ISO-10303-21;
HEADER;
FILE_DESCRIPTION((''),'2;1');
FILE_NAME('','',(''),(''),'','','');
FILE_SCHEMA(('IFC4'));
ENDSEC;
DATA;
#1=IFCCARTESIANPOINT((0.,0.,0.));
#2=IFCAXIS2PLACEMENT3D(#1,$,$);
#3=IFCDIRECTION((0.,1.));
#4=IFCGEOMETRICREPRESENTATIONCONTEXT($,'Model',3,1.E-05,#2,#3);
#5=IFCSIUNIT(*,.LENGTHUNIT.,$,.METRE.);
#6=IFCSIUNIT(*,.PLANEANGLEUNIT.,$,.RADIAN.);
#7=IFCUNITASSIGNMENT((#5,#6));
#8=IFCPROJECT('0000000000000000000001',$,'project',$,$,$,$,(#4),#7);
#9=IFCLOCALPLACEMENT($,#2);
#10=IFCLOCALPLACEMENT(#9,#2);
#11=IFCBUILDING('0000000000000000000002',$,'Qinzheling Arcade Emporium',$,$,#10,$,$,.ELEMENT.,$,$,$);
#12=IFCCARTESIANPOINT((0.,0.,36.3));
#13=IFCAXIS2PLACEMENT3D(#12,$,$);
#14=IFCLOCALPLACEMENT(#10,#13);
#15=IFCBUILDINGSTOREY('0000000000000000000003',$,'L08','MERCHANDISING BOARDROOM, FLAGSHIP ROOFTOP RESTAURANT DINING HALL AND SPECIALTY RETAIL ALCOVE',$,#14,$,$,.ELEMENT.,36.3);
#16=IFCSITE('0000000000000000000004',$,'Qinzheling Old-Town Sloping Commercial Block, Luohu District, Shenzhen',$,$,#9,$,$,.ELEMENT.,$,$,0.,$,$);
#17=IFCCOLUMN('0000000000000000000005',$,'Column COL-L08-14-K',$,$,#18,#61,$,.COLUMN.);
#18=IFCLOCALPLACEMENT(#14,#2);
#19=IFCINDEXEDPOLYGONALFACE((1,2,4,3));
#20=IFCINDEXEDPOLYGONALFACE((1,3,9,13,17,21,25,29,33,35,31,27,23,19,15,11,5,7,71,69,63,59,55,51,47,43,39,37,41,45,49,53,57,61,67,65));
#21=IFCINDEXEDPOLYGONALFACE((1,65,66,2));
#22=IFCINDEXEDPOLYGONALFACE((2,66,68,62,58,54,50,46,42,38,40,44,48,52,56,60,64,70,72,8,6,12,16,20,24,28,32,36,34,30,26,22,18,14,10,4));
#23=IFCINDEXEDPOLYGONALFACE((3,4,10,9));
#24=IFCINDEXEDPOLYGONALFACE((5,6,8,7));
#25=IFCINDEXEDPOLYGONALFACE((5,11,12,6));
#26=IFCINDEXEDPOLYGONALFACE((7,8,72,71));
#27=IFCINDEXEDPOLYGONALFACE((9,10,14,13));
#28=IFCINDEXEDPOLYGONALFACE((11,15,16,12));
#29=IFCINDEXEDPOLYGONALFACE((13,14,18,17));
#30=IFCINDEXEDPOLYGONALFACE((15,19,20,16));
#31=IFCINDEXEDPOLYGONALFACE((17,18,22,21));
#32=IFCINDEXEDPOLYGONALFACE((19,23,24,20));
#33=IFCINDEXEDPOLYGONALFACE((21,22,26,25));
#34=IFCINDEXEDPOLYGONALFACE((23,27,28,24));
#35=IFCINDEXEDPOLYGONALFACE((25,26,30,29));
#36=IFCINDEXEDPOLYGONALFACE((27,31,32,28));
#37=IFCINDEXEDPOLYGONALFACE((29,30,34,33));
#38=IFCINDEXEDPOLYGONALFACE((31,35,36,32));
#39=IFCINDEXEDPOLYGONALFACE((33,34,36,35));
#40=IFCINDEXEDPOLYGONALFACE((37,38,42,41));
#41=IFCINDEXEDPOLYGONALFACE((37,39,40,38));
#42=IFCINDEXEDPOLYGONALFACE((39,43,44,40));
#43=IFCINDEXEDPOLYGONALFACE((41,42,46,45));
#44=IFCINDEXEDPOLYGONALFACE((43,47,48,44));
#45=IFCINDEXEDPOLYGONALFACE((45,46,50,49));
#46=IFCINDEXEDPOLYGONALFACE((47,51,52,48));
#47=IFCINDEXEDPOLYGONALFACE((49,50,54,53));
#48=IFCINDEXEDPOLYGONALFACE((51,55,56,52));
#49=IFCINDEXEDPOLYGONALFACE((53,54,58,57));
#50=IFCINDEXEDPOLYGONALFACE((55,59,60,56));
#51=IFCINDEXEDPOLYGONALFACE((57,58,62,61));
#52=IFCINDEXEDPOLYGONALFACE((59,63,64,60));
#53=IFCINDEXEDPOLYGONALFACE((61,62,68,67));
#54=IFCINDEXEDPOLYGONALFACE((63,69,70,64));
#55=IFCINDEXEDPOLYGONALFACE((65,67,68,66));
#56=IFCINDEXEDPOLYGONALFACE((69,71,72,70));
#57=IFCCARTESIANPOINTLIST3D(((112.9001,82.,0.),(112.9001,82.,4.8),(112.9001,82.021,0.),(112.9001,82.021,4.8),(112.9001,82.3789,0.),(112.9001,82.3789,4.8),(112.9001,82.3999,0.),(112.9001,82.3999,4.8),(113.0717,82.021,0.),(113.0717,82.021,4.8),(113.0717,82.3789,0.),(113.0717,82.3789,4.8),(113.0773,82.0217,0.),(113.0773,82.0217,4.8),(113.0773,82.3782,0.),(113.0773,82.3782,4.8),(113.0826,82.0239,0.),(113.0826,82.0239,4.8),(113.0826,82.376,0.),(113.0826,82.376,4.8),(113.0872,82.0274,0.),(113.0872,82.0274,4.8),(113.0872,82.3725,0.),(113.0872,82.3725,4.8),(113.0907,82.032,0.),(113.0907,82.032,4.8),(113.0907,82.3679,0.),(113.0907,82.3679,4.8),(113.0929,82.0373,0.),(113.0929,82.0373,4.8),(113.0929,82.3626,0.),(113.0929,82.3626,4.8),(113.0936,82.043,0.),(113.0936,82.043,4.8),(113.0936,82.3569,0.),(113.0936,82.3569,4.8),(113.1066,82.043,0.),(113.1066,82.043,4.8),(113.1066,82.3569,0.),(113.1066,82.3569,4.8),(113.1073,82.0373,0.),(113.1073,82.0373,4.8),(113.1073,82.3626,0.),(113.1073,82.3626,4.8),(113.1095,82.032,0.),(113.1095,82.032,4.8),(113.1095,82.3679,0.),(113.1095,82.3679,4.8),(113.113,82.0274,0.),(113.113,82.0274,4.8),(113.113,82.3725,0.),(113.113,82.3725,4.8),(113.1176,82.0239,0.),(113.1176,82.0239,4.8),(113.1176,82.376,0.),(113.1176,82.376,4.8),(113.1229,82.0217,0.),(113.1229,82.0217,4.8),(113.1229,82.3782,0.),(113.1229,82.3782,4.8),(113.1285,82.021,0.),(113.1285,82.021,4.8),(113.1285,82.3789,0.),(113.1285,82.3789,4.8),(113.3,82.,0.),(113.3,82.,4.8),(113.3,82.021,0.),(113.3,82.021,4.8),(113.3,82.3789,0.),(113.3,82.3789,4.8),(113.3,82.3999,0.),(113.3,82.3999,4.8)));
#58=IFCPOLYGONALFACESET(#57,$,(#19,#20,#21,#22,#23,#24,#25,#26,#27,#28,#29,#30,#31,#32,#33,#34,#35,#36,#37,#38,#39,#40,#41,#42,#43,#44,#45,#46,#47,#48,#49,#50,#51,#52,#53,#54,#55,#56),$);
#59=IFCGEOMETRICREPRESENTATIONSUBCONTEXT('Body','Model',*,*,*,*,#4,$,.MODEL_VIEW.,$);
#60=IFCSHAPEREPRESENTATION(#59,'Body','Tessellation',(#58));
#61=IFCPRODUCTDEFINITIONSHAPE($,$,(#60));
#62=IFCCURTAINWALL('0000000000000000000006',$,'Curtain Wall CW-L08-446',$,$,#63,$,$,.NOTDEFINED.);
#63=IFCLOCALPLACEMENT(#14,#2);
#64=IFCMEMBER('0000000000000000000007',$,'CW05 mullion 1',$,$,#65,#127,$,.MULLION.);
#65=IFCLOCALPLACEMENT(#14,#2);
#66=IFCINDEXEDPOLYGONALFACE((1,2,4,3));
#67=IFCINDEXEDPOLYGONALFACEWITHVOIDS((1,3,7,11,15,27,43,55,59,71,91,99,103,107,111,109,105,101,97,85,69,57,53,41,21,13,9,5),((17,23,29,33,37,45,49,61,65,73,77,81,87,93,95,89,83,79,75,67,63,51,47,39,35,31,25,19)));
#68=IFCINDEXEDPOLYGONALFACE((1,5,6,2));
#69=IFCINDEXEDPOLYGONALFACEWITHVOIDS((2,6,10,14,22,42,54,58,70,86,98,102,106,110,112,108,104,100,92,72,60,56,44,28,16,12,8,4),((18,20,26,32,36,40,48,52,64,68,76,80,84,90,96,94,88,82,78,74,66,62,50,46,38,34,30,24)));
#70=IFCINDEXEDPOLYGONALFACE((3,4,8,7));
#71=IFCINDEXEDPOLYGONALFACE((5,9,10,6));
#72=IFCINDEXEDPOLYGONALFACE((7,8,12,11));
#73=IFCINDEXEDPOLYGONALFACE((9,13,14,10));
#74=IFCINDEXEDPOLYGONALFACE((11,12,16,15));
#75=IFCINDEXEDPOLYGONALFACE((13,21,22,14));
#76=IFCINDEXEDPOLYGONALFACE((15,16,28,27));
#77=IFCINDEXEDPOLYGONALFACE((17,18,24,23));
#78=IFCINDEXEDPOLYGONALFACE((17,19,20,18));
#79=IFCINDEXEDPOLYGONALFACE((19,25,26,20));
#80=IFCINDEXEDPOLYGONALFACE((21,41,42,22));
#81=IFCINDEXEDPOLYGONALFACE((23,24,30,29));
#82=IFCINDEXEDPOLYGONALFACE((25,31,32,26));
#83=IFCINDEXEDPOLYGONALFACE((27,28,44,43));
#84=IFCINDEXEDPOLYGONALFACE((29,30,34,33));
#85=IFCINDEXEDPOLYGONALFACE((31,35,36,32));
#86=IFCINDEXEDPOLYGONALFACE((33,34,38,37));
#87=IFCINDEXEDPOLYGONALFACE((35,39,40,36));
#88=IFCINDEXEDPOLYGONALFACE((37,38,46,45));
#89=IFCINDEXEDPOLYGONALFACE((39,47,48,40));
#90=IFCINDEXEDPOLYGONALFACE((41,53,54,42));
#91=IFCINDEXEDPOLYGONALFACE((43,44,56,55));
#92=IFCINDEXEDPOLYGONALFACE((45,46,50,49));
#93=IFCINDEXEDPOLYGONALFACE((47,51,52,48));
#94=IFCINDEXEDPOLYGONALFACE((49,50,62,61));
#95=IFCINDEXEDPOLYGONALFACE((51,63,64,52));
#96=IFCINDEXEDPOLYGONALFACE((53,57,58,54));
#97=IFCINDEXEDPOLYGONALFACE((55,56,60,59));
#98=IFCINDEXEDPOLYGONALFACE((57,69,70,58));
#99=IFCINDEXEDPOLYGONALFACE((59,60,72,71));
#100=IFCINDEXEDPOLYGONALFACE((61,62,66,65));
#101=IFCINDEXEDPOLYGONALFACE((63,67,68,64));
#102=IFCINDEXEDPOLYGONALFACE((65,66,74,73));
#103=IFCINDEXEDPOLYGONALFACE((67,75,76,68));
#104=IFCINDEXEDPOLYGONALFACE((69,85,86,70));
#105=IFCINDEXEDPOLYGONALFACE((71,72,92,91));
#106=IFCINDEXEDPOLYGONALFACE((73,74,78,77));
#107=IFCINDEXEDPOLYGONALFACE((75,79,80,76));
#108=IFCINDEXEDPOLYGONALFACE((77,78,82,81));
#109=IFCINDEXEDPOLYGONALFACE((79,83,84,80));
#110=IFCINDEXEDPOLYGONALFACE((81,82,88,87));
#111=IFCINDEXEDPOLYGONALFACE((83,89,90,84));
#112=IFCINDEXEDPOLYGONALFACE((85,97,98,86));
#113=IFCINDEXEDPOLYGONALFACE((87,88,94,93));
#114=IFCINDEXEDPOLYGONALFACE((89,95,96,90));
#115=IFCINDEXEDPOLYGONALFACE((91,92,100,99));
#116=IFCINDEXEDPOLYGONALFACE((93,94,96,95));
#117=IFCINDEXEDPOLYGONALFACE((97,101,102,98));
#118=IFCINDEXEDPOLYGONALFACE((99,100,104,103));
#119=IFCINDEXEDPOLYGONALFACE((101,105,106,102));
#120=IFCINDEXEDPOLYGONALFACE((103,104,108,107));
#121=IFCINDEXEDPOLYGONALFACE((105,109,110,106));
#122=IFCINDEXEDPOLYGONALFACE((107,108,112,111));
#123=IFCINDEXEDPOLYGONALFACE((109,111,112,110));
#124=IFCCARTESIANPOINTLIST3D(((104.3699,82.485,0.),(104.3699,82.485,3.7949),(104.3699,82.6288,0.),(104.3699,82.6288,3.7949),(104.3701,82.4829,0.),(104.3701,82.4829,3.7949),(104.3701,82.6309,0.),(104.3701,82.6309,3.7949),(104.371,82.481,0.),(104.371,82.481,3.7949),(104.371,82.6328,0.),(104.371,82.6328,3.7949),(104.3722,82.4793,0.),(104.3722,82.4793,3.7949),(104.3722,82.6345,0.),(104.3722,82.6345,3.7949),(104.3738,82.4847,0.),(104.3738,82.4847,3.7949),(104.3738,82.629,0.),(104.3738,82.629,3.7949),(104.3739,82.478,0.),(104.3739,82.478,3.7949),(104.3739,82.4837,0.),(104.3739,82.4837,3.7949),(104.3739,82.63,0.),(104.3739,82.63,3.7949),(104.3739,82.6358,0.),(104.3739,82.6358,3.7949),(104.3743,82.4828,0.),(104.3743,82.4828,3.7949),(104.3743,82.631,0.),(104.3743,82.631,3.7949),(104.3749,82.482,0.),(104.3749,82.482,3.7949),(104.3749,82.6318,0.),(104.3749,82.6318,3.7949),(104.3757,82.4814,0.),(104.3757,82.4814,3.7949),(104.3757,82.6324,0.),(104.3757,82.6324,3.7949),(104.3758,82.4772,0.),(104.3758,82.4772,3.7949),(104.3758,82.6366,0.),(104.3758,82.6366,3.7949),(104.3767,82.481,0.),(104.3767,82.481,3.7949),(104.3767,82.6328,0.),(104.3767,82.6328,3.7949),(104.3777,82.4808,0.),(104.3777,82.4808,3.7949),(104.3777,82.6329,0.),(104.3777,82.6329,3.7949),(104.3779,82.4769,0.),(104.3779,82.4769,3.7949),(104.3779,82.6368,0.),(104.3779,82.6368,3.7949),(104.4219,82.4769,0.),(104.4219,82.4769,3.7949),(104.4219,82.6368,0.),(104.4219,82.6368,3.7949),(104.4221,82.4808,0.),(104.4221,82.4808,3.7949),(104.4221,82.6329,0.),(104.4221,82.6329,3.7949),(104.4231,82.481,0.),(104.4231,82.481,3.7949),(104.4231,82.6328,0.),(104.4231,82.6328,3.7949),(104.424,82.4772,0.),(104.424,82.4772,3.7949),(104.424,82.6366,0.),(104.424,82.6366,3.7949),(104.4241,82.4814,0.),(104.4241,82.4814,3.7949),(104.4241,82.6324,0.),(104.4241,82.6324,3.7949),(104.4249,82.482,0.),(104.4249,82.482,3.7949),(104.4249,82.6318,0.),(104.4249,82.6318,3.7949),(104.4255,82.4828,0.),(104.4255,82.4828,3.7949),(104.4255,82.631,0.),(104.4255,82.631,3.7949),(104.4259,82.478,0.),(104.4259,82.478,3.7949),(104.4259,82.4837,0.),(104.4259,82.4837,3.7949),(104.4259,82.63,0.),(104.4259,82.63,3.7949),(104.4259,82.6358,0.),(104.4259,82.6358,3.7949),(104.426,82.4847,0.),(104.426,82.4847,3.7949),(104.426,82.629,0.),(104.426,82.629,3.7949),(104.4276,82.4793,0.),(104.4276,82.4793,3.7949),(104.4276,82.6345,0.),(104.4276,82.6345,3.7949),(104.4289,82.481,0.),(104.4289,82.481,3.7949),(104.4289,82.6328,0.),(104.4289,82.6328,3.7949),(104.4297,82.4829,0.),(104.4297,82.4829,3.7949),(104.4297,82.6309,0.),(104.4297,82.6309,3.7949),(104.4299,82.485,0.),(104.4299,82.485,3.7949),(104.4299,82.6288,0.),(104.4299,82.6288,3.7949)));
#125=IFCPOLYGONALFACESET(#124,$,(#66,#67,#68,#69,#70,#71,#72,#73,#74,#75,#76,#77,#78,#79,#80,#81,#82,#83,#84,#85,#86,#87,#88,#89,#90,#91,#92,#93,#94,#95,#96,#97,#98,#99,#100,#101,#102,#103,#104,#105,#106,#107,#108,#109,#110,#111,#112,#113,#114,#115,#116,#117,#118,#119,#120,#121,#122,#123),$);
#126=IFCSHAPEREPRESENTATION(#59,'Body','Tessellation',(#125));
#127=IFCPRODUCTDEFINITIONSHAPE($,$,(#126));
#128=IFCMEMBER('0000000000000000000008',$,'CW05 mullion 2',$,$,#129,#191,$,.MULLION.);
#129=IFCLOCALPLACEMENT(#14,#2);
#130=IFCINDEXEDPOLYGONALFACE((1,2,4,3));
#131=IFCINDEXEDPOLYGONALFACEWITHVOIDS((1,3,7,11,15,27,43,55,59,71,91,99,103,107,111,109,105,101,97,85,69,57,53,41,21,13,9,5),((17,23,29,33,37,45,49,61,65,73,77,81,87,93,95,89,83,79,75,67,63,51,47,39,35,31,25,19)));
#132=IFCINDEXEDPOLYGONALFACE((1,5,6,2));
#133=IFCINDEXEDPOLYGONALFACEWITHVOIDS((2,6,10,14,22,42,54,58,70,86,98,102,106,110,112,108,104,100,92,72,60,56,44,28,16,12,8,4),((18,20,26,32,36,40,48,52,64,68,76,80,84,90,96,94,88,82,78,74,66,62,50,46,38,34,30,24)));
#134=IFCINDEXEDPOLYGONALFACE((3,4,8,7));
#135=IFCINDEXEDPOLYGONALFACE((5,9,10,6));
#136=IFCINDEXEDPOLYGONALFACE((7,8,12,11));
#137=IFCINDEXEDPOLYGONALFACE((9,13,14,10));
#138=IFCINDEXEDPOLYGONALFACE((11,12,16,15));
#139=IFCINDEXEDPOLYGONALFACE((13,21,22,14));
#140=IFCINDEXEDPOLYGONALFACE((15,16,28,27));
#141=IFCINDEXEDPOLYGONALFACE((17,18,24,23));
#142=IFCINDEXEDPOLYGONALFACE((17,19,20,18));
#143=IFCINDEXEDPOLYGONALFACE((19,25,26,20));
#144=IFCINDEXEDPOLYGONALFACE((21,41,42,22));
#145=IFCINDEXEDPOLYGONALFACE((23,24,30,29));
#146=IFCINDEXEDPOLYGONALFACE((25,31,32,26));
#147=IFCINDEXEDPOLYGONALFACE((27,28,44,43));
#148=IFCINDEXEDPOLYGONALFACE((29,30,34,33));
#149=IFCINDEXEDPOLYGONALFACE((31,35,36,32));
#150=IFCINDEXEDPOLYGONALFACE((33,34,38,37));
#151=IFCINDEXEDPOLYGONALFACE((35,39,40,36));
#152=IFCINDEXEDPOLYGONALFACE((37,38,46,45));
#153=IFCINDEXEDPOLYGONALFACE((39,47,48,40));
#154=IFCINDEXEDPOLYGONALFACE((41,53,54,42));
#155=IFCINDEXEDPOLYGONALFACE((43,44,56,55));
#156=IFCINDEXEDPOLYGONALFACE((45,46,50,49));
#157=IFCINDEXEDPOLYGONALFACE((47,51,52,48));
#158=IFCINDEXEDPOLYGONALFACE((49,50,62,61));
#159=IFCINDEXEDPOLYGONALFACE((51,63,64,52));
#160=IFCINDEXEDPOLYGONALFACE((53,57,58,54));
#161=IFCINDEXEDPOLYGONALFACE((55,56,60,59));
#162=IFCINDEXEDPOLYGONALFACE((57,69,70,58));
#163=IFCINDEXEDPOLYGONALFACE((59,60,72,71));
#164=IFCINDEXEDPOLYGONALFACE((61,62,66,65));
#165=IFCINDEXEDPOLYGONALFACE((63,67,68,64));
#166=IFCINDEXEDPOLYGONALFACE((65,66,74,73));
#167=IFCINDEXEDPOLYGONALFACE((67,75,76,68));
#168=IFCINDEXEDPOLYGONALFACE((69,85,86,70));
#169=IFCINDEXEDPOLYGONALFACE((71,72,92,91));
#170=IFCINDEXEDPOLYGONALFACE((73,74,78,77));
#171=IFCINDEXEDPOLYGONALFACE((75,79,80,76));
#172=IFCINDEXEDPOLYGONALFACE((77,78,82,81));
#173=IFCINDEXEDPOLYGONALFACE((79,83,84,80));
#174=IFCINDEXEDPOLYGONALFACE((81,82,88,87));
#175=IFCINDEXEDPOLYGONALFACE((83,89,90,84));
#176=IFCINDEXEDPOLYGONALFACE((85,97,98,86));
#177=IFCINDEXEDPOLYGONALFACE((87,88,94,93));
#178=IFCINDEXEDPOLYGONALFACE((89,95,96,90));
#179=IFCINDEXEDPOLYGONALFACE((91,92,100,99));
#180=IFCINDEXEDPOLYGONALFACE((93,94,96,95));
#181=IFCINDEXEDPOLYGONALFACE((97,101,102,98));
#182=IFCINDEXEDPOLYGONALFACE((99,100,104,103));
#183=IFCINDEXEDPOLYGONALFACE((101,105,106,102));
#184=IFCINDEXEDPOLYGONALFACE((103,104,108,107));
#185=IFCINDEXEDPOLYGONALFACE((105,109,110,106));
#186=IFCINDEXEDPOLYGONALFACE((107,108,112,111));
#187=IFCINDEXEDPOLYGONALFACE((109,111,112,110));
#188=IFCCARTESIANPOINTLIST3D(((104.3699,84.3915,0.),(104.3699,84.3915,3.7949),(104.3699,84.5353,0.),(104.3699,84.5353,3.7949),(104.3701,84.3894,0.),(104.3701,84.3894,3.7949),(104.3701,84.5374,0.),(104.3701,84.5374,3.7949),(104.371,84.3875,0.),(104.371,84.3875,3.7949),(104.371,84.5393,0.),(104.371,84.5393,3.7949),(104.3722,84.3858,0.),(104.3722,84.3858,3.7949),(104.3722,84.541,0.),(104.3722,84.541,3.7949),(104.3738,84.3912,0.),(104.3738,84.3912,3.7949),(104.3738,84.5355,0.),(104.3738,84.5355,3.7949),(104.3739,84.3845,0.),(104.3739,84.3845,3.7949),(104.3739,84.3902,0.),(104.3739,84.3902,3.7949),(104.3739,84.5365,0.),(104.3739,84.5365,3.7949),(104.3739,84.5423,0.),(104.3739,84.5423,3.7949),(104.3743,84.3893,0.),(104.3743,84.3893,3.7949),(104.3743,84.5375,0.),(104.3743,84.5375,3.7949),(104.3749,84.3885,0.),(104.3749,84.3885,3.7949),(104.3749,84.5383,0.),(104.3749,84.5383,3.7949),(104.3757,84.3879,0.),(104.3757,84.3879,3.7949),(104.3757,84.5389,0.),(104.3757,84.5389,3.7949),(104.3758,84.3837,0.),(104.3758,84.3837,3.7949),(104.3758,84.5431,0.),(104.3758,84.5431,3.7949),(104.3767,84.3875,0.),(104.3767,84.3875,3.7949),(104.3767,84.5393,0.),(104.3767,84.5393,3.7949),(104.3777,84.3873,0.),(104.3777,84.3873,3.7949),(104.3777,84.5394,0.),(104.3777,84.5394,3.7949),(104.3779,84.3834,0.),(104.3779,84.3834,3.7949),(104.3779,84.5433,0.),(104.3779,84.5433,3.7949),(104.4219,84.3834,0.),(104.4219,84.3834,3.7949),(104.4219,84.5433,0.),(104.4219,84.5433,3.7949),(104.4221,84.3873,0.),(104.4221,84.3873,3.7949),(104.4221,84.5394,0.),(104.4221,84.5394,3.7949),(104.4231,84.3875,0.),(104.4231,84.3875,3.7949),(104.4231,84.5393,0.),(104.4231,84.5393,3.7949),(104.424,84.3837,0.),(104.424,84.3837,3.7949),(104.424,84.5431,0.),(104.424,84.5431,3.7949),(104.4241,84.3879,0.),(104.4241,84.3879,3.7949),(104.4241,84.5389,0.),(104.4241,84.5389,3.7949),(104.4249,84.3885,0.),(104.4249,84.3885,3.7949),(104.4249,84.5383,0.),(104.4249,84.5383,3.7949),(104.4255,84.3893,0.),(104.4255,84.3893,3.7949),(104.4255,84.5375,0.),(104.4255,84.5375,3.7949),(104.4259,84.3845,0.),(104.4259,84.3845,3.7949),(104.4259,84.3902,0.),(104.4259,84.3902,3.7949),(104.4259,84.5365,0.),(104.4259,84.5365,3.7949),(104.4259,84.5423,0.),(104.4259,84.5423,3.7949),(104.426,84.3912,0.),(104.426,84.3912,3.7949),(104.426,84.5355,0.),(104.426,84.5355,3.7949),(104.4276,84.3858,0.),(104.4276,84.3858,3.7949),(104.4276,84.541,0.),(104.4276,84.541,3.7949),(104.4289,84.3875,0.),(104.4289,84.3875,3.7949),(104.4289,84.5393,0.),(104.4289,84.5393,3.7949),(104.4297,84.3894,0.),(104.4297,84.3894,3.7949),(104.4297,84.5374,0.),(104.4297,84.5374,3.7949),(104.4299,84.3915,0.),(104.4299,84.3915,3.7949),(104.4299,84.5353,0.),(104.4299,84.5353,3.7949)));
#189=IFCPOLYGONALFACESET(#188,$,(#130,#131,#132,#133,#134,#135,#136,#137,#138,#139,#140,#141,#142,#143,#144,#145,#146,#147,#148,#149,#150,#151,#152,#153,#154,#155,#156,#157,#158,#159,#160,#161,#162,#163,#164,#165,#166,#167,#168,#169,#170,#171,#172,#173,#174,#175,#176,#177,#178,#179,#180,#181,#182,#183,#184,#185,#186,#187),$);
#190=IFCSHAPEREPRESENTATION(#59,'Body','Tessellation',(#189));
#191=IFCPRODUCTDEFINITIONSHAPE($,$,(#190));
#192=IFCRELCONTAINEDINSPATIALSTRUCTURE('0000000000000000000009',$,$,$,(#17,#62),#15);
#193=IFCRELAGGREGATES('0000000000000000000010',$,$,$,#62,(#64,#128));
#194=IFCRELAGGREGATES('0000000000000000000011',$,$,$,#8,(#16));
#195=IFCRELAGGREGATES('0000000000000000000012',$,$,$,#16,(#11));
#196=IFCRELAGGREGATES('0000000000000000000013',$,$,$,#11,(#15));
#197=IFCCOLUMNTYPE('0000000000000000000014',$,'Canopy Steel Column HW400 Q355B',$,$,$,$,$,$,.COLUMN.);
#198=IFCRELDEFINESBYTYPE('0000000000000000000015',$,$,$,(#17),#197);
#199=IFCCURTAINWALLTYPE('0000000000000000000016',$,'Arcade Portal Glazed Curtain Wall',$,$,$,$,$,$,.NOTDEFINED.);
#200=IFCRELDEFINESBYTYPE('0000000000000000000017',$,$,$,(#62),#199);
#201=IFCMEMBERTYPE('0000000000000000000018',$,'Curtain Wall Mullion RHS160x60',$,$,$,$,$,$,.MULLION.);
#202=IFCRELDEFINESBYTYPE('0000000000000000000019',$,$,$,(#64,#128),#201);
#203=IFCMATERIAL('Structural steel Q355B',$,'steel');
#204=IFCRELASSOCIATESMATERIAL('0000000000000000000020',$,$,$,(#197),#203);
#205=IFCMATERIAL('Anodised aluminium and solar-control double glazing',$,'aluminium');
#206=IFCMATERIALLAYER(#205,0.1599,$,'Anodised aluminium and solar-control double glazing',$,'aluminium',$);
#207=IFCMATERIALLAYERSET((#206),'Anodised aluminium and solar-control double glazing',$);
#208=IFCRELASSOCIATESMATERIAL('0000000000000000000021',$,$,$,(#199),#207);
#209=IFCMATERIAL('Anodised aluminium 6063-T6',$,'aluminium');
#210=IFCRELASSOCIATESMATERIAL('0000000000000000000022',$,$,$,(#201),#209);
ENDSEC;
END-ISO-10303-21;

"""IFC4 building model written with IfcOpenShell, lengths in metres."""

from ifc_helpers import new_model, si_unit, direction, frame, origin, origin_2d, place, context, subcontext, project, spatial, hollow_rectangle, i_section, extrude, material, layer, layer_set, material_profile, profile_set, type_object, element, aggregate, save


model = new_model("IFC4")

# Units and contexts
model_context = context("Model", 3, precision=1e-05, world=origin(), true_north=direction((0.0, 1.0)))
body_context = subcontext(model_context, "Body", "Model", "MODEL_VIEW")
ifc_project = project(units=[si_unit("LENGTHUNIT", "METRE"), si_unit("PLANEANGLEUNIT", "RADIAN")], contexts=[model_context])

# Site, building, storey
site_placement = place(None, origin())
site = spatial("IfcSite", under=ifc_project, at=site_placement, Name="Qinzheling Old-Town Sloping Commercial Block, Luohu District, Shenzhen", CompositionType="ELEMENT", RefElevation=0.0)
building_placement = place(site_placement, origin())
building = spatial("IfcBuilding", under=site, at=building_placement, Name="Qinzheling Arcade Emporium", CompositionType="ELEMENT")
storey_placement = place(building_placement, frame((0.0, 0.0, 36.3)))
storey = spatial("IfcBuildingStorey", under=building, at=storey_placement, Name="L08", Description="MERCHANDISING BOARDROOM, FLAGSHIP ROOFTOP RESTAURANT DINING HALL AND SPECIALTY RETAIL ALCOVE", CompositionType="ELEMENT", Elevation=36.3)

# Column
ifc_material_1 = material(Name="Structural steel Q355B", Category="steel")
ifc_material_profile_1 = material_profile(ifc_material_1, i_section(OverallWidth=0.3999, OverallDepth=0.3999, WebThickness=0.0129, FlangeThickness=0.021, FilletRadius=0.022, at=origin_2d()), Name="HW 400x400x13x21", Category="steel")
ifc_profile_set_1 = profile_set([ifc_material_profile_1], Name="Structural steel Q355B")
column_type = type_object("IfcColumnType", Name="Canopy Steel Column HW400 Q355B", PredefinedType="COLUMN", material=ifc_profile_set_1)
column_placement = place(storey_placement, frame((113.1001, 82.2, 0.0), z_axis=(0.0, 0.0, 1.0), x_axis=(1.0, 0.0, 0.0)))
element("IfcColumn", 1, at=column_placement, inside=storey, type_object=column_type, Name="Column COL-L08-14-K", PredefinedType="COLUMN", context=body_context, shape_type="SweptSolid", body=[
    extrude(i_section(OverallWidth=0.3999, OverallDepth=0.3999, WebThickness=0.0129, FlangeThickness=0.021, FilletRadius=0.022, at=origin_2d()), origin(), (0.0, 0.0, 1.0), 4.8),
])

# Curtain wall, members
ifc_material_2 = material(Name="Anodised aluminium and solar-control double glazing", Category="aluminium")
ifc_layer_1 = layer(ifc_material_2, 0.1599, Name="Anodised aluminium and solar-control double glazing", Category="aluminium")
ifc_layer_set_1 = layer_set([ifc_layer_1], Name="Anodised aluminium and solar-control double glazing")
curtain_wall_type = type_object("IfcCurtainWallType", Name="Arcade Portal Glazed Curtain Wall", PredefinedType="NOTDEFINED", material=ifc_layer_set_1)
curtain_wall_placement = place(storey_placement, origin())
curtain_wall = element("IfcCurtainWall", 2, at=curtain_wall_placement, inside=storey, type_object=curtain_wall_type, Name="Curtain Wall CW-L08-446", PredefinedType="NOTDEFINED")
ifc_material_3 = material(Name="Anodised aluminium 6063-T6", Category="aluminium")
ifc_material_profile_2 = material_profile(ifc_material_3, hollow_rectangle(XDim=0.0601, YDim=0.1599, WallThickness=0.0039, InnerFilletRadius=0.0039, OuterFilletRadius=0.0081, at=origin_2d()), Name="RHS 160x60x4", Category="aluminium")
ifc_profile_set_2 = profile_set([ifc_material_profile_2], Name="Anodised aluminium 6063-T6")
member_type_1 = type_object("IfcMemberType", Name="Curtain Wall Mullion RHS160x60", PredefinedType="MULLION", material=ifc_profile_set_2)
member_1_placement = place(storey_placement, frame((104.3999, 82.5569, 0.0), z_axis=(0.0, 0.0, 1.0), x_axis=(-1.0, 0.0, 0.0)))
member_1 = element("IfcMember", 3, at=member_1_placement, type_object=member_type_1, Name="CW05 mullion 1", PredefinedType="MULLION", context=body_context, shape_type="SweptSolid", body=[
    extrude(hollow_rectangle(XDim=0.0601, YDim=0.1599, WallThickness=0.0039, InnerFilletRadius=0.0039, OuterFilletRadius=0.0081, at=origin_2d()), origin(), (0.0, 0.0, 1.0), 3.7949),
])
member_2_placement = place(storey_placement, frame((104.3999, 84.4634, 0.0), z_axis=(0.0, 0.0, 1.0), x_axis=(-1.0, 0.0, 0.0)))
member_2 = element("IfcMember", 4, at=member_2_placement, type_object=member_type_1, Name="CW05 mullion 2", PredefinedType="MULLION", context=body_context, shape_type="SweptSolid", body=[
    extrude(hollow_rectangle(XDim=0.0601, YDim=0.1599, WallThickness=0.0039, InnerFilletRadius=0.0039, OuterFilletRadius=0.0081, at=origin_2d()), origin(), (0.0, 0.0, 1.0), 3.7949),
])

aggregate(curtain_wall, [member_1, member_2])

save(model, "model.ifc")
